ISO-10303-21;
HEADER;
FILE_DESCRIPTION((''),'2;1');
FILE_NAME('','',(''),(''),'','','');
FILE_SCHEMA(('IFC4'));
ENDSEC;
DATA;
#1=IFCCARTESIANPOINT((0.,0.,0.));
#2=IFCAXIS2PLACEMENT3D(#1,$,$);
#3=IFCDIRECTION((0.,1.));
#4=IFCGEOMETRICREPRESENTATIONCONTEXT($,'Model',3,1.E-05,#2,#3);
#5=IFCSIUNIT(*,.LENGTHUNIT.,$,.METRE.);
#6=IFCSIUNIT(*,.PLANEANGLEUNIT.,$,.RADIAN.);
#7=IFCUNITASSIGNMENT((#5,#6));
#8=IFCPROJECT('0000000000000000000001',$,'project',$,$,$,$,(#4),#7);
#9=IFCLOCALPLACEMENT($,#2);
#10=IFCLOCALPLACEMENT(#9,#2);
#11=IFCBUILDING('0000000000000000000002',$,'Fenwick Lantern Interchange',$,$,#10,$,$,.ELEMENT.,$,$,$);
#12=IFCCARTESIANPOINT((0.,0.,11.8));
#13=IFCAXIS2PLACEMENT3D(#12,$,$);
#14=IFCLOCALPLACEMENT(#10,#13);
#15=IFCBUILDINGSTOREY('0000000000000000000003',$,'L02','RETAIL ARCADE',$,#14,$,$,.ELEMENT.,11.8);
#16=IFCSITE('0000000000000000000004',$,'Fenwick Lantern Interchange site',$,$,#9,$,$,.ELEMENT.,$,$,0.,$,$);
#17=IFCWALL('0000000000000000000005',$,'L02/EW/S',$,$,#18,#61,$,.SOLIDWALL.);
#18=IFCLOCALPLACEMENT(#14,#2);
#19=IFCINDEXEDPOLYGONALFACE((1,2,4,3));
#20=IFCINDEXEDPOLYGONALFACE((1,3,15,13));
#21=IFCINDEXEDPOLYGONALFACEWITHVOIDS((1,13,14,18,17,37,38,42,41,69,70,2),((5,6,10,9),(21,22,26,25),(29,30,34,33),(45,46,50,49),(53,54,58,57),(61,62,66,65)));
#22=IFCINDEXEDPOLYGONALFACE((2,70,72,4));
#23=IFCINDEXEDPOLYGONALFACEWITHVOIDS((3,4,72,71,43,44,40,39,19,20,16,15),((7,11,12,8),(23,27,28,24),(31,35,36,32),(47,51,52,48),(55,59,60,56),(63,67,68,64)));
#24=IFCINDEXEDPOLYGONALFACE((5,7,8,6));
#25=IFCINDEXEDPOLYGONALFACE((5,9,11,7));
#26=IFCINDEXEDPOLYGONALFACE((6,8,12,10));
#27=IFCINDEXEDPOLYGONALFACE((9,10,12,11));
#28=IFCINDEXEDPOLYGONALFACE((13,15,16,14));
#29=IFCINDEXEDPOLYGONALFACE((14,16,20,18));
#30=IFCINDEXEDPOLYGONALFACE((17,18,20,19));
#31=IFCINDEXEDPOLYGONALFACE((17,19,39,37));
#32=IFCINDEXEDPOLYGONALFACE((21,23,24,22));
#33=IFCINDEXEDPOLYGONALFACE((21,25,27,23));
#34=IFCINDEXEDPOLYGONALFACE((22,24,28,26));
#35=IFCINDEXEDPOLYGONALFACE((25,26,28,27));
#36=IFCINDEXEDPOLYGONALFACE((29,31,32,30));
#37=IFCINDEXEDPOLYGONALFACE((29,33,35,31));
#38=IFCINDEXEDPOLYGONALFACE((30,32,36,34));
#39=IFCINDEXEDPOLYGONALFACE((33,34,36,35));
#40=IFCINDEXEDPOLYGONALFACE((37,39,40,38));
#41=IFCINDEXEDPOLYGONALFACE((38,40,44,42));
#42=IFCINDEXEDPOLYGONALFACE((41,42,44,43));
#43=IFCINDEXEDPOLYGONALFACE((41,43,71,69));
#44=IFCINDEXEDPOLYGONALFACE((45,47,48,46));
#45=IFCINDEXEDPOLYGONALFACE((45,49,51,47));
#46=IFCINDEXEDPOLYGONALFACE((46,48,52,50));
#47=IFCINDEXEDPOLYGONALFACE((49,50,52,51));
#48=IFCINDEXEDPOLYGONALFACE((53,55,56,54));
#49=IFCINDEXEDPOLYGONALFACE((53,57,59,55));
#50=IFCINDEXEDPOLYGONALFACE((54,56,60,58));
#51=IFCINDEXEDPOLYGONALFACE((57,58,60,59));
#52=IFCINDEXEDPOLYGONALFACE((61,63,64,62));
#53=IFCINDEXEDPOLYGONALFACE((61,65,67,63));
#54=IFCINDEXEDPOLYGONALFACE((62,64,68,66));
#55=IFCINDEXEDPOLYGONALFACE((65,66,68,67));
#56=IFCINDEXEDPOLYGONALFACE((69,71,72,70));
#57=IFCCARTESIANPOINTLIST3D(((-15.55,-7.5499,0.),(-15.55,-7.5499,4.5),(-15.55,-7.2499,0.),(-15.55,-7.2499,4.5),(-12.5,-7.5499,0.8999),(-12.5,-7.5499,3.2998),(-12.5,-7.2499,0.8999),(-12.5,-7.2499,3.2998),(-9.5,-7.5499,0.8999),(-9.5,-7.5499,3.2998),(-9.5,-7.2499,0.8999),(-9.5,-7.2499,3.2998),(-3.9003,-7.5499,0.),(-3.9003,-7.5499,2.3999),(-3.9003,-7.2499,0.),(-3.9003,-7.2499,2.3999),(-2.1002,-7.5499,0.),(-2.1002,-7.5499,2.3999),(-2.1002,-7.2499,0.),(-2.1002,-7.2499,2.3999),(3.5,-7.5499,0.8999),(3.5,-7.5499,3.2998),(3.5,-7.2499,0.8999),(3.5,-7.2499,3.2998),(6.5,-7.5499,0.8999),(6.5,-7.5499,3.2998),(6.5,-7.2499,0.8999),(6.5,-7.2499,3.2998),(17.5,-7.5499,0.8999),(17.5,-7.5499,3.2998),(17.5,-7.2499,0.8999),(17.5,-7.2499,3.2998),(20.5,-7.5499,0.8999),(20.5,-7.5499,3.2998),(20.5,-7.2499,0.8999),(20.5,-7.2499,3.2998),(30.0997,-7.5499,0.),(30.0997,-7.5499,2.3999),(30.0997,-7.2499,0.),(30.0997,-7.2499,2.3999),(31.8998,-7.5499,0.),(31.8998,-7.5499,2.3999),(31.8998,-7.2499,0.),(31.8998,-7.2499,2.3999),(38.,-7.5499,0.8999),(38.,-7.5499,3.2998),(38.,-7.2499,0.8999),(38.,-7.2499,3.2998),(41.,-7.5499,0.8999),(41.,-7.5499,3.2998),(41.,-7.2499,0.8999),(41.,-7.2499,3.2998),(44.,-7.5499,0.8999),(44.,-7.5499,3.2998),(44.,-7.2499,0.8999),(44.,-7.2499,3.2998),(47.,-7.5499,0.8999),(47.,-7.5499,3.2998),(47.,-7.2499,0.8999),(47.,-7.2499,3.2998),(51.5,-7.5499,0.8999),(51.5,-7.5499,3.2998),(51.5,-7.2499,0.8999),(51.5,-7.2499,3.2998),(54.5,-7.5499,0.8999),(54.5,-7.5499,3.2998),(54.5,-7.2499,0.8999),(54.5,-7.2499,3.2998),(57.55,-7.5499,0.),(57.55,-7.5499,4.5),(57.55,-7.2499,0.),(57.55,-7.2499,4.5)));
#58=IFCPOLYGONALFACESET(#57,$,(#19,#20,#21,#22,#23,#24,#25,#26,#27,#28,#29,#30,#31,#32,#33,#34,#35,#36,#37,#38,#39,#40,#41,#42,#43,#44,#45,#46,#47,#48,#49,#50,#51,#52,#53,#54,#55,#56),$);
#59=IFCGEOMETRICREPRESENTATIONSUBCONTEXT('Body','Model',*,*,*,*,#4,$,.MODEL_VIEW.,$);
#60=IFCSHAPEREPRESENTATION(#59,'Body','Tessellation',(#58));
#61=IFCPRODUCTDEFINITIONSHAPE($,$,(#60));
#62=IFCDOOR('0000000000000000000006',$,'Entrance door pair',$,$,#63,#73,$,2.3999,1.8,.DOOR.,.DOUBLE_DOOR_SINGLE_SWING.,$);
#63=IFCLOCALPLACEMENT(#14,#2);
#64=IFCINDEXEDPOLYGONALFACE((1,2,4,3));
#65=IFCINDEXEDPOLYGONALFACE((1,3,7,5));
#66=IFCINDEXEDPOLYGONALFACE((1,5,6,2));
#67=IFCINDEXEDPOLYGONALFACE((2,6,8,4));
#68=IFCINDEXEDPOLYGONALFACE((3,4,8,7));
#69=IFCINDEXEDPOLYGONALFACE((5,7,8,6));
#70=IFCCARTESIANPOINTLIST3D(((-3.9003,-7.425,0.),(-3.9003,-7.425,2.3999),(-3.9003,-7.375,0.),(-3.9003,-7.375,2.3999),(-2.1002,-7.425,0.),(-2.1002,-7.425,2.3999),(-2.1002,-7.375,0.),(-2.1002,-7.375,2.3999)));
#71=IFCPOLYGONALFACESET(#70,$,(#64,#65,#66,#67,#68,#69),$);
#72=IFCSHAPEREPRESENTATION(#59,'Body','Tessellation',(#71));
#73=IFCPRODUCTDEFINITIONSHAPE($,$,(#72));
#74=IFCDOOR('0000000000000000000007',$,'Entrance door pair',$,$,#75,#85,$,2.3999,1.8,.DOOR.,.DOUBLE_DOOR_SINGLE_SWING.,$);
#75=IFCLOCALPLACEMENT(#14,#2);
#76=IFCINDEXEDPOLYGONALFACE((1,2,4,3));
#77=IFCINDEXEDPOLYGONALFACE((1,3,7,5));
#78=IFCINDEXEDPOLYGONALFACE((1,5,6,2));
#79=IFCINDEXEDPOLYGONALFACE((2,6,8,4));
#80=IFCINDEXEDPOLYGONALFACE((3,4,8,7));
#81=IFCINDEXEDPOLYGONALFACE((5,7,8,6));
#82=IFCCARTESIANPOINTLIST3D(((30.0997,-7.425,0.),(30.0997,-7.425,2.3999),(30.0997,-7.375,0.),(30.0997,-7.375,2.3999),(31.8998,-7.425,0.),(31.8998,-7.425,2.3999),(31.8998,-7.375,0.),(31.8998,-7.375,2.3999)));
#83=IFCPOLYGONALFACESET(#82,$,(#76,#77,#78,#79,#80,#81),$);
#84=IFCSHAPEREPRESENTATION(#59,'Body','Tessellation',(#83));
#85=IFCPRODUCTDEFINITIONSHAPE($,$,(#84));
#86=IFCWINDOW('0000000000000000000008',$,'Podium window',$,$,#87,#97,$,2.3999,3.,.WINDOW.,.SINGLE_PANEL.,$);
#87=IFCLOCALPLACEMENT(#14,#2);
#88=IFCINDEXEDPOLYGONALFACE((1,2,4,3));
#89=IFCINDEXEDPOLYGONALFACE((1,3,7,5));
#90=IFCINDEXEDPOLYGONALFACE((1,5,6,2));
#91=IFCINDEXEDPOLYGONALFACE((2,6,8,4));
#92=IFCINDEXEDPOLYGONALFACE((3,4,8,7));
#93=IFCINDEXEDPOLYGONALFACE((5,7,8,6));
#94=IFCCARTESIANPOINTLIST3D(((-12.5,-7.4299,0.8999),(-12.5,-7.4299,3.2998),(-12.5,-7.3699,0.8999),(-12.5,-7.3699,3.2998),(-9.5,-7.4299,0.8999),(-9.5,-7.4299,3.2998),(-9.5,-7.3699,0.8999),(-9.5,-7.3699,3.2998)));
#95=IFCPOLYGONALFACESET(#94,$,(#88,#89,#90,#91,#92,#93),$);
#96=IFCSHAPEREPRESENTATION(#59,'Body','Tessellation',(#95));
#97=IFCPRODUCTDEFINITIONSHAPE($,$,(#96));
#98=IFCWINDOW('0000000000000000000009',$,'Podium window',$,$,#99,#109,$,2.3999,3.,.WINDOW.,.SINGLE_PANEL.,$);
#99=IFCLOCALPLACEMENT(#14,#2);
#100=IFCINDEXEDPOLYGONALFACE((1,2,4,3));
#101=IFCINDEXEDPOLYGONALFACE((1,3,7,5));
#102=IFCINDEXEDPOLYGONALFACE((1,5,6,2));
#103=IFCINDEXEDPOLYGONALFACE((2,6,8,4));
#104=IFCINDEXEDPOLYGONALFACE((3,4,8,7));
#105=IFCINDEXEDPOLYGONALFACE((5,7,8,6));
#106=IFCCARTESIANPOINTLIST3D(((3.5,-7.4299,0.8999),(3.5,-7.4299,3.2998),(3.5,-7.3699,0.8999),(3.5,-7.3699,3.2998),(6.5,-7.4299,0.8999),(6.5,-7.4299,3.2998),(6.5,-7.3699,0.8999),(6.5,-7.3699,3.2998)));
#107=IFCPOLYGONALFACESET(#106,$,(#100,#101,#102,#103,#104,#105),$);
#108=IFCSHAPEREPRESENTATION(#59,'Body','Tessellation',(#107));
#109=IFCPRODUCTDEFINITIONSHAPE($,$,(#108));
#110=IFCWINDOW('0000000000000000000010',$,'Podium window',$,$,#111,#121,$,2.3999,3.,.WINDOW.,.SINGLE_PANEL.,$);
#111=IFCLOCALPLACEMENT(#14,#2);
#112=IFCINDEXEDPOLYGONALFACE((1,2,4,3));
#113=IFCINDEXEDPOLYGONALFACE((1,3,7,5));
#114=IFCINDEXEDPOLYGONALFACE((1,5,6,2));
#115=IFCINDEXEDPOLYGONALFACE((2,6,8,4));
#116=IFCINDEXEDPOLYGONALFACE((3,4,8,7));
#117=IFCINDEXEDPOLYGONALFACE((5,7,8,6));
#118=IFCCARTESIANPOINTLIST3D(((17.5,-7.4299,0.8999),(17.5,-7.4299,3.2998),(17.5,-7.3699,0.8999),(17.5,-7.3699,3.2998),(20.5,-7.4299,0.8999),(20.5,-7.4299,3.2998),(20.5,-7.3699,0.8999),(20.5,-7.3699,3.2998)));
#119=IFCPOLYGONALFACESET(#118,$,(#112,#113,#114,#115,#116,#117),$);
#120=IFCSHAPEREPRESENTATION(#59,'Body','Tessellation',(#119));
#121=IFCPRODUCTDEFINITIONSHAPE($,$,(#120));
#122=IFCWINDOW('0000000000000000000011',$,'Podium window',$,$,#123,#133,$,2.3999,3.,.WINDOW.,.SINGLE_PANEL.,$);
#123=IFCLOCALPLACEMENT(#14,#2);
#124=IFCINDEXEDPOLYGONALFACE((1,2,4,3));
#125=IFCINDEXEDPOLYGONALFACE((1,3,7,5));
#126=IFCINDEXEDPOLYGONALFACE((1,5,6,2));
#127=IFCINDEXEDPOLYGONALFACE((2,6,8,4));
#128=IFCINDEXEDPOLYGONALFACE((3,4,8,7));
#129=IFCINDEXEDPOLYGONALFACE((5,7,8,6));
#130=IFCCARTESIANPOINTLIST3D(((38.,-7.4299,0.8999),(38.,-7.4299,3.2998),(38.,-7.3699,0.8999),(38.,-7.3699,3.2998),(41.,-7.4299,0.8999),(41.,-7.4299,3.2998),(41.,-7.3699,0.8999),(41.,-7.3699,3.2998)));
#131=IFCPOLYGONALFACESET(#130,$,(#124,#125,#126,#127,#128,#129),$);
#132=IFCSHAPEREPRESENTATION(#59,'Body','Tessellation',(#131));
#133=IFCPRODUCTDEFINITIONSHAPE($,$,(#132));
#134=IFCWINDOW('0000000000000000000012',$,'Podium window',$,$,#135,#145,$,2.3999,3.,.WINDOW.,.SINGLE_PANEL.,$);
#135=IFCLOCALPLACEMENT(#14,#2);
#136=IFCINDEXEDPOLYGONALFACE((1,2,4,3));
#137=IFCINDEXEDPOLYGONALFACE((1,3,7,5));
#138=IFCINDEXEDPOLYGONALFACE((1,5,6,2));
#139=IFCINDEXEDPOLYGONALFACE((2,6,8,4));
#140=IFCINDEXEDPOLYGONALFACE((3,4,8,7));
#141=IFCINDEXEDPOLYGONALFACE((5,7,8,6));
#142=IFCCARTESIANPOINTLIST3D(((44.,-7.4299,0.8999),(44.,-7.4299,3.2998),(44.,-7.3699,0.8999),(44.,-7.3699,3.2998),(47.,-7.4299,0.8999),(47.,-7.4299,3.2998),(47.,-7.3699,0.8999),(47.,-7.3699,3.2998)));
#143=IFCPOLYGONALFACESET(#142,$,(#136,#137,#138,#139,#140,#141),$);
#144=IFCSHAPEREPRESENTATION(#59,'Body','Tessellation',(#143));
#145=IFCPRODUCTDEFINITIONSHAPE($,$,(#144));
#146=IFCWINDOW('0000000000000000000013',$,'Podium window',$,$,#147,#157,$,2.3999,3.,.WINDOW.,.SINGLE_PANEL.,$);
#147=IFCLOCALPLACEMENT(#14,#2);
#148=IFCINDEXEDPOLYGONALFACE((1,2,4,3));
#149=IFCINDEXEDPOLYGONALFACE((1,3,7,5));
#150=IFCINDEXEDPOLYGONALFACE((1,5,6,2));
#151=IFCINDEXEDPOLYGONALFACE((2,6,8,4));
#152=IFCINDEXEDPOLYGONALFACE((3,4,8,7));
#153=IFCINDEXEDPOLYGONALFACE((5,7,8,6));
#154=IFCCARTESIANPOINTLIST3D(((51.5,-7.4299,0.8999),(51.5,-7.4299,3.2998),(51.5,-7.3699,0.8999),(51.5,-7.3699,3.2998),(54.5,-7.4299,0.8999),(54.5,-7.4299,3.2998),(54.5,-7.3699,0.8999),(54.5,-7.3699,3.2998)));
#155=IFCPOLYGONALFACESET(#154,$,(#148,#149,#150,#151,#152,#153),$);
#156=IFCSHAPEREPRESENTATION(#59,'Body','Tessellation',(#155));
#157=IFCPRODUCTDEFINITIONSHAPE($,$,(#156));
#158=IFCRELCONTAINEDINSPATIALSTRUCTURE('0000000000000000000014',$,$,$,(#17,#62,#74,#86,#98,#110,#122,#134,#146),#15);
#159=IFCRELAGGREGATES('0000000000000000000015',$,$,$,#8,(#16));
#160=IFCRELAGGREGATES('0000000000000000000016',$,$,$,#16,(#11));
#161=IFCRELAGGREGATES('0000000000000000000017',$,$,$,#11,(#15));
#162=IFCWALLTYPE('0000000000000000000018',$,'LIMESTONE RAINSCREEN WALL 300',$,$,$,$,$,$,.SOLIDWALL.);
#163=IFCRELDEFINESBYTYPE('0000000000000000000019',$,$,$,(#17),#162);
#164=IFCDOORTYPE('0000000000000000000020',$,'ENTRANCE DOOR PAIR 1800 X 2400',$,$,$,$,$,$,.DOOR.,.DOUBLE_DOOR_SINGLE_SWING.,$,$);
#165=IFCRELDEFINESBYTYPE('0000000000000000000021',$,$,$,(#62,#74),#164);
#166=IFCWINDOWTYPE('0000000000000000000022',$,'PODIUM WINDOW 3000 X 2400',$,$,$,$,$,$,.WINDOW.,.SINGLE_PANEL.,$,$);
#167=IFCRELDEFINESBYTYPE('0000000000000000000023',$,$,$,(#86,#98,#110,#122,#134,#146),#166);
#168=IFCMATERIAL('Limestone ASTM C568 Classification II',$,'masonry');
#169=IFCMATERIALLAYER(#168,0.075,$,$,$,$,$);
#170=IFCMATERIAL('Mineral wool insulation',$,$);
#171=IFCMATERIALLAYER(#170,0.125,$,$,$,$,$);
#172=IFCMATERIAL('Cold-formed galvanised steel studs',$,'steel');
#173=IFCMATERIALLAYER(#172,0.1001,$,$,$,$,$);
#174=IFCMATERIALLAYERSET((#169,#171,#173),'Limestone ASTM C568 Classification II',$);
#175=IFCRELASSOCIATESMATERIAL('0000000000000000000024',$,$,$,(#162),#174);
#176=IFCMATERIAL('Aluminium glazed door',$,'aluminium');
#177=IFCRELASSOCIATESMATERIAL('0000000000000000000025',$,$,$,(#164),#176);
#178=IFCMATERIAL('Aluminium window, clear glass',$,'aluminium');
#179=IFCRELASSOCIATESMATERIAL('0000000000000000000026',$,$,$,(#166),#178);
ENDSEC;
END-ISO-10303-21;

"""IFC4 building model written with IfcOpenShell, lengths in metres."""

from ifc_helpers import new_model, si_unit, direction, frame, frame_2d, origin, place, context, subcontext, project, spatial, rectangle, extrude, material, layer, layer_set, type_object, element, fill, save


model = new_model("IFC4")

# Units and contexts
model_context = context("Model", 3, precision=1e-05, world=origin(), true_north=direction((0.0, 1.0)))
body_context = subcontext(model_context, "Body", "Model", "MODEL_VIEW")
ifc_project = project(units=[si_unit("LENGTHUNIT", "METRE"), si_unit("PLANEANGLEUNIT", "RADIAN")], contexts=[model_context])

# Site, building, storey
site_placement = place(None, origin())
site = spatial("IfcSite", under=ifc_project, at=site_placement, Name="Fenwick Lantern Interchange site", CompositionType="ELEMENT", RefElevation=0.0)
building_placement = place(site_placement, origin())
building = spatial("IfcBuilding", under=site, at=building_placement, Name="Fenwick Lantern Interchange", CompositionType="ELEMENT")
storey_placement = place(building_placement, frame((0.0, 0.0, 11.8)))
storey = spatial("IfcBuildingStorey", under=building, at=storey_placement, Name="L02", Description="RETAIL ARCADE", CompositionType="ELEMENT", Elevation=11.8)

# Wall, openings, doors, windows
ifc_material_1 = material(Name="Limestone ASTM C568 Classification II", Category="masonry")
ifc_layer_1 = layer(ifc_material_1, 0.075)
ifc_material_2 = material(Name="Mineral wool insulation")
ifc_layer_2 = layer(ifc_material_2, 0.125)
ifc_material_3 = material(Name="Cold-formed galvanised steel studs", Category="steel")
ifc_layer_3 = layer(ifc_material_3, 0.1001)
ifc_layer_set_1 = layer_set([ifc_layer_1, ifc_layer_2, ifc_layer_3], Name="Limestone ASTM C568 Classification II")
wall_type_1 = type_object("IfcWallType", Name="LIMESTONE RAINSCREEN WALL 300", PredefinedType="SOLIDWALL", material=ifc_layer_set_1)
wall_1_placement = place(storey_placement, frame((-15.55, -7.3999, 0.0), z_axis=(0.0, 0.0, 1.0), x_axis=(1.0, 0.0, 0.0)))
wall_1 = element("IfcWall", 1, at=wall_1_placement, inside=storey, type_object=wall_type_1, Name="L02/EW/S", PredefinedType="SOLIDWALL", context=body_context, shape_type="SweptSolid", body=[
    extrude(rectangle(XDim=73.1001, YDim=0.3, at=frame_2d((36.55, 0.0))), origin(), (0.0, 0.0, 1.0), 4.5),
])
opening_1_placement = place(wall_1_placement, frame((11.6499, 0.0, 0.0)))
opening_1 = element("IfcOpeningElement", 2, at=opening_1_placement, cuts=wall_1, PredefinedType="OPENING", context=body_context, shape_type="SweptSolid", body=[
    extrude(rectangle(XDim=1.8, YDim=2.3999, at=frame_2d((0.8999, 1.2))), frame((0.0, 0.1599, 0.0), z_axis=(0.0, -1.0, 0.0), x_axis=(1.0, 0.0, 0.0)), (0.0, 0.0, 1.0), 0.3201),
])
opening_2_placement = place(wall_1_placement, frame((45.6499, 0.0, 0.0)))
opening_2 = element("IfcOpeningElement", 3, at=opening_2_placement, cuts=wall_1, PredefinedType="OPENING", context=body_context, shape_type="SweptSolid", body=[
    extrude(rectangle(XDim=1.8, YDim=2.3999, at=frame_2d((0.8999, 1.2))), frame((0.0, 0.1599, 0.0), z_axis=(0.0, -1.0, 0.0), x_axis=(1.0, 0.0, 0.0)), (0.0, 0.0, 1.0), 0.3201),
])
opening_3_placement = place(wall_1_placement, frame((3.05, 0.0, 0.8999)))
opening_3 = element("IfcOpeningElement", 4, at=opening_3_placement, cuts=wall_1, PredefinedType="OPENING", context=body_context, shape_type="SweptSolid", body=[
    extrude(rectangle(XDim=3.0, YDim=2.3999, at=frame_2d((1.5, 1.2))), frame((0.0, 0.1599, 0.0), z_axis=(0.0, -1.0, 0.0), x_axis=(1.0, 0.0, 0.0)), (0.0, 0.0, 1.0), 0.3201),
])
opening_4_placement = place(wall_1_placement, frame((19.05, 0.0, 0.8999)))
opening_4 = element("IfcOpeningElement", 5, at=opening_4_placement, cuts=wall_1, PredefinedType="OPENING", context=body_context, shape_type="SweptSolid", body=[
    extrude(rectangle(XDim=3.0, YDim=2.3999, at=frame_2d((1.5, 1.2))), frame((0.0, 0.1599, 0.0), z_axis=(0.0, -1.0, 0.0), x_axis=(1.0, 0.0, 0.0)), (0.0, 0.0, 1.0), 0.3201),
])
opening_5_placement = place(wall_1_placement, frame((33.05, 0.0, 0.8999)))
opening_5 = element("IfcOpeningElement", 6, at=opening_5_placement, cuts=wall_1, PredefinedType="OPENING", context=body_context, shape_type="SweptSolid", body=[
    extrude(rectangle(XDim=3.0, YDim=2.3999, at=frame_2d((1.5, 1.2))), frame((0.0, 0.1599, 0.0), z_axis=(0.0, -1.0, 0.0), x_axis=(1.0, 0.0, 0.0)), (0.0, 0.0, 1.0), 0.3201),
])
opening_6_placement = place(wall_1_placement, frame((53.55, 0.0, 0.8999)))
opening_6 = element("IfcOpeningElement", 7, at=opening_6_placement, cuts=wall_1, PredefinedType="OPENING", context=body_context, shape_type="SweptSolid", body=[
    extrude(rectangle(XDim=3.0, YDim=2.3999, at=frame_2d((1.5, 1.2))), frame((0.0, 0.1599, 0.0), z_axis=(0.0, -1.0, 0.0), x_axis=(1.0, 0.0, 0.0)), (0.0, 0.0, 1.0), 0.3201),
])
opening_7_placement = place(wall_1_placement, frame((59.55, 0.0, 0.8999)))
opening_7 = element("IfcOpeningElement", 8, at=opening_7_placement, cuts=wall_1, PredefinedType="OPENING", context=body_context, shape_type="SweptSolid", body=[
    extrude(rectangle(XDim=3.0, YDim=2.3999, at=frame_2d((1.5, 1.2))), frame((0.0, 0.1599, 0.0), z_axis=(0.0, -1.0, 0.0), x_axis=(1.0, 0.0, 0.0)), (0.0, 0.0, 1.0), 0.3201),
])
opening_8_placement = place(wall_1_placement, frame((67.05, 0.0, 0.8999)))
opening_8 = element("IfcOpeningElement", 9, at=opening_8_placement, cuts=wall_1, PredefinedType="OPENING", context=body_context, shape_type="SweptSolid", body=[
    extrude(rectangle(XDim=3.0, YDim=2.3999, at=frame_2d((1.5, 1.2))), frame((0.0, 0.1599, 0.0), z_axis=(0.0, -1.0, 0.0), x_axis=(1.0, 0.0, 0.0)), (0.0, 0.0, 1.0), 0.3201),
])
ifc_material_4 = material(Name="Aluminium glazed door", Category="aluminium")
door_type = type_object("IfcDoorType", Name="ENTRANCE DOOR PAIR 1800 X 2400", OperationType="DOUBLE_DOOR_SINGLE_SWING", PredefinedType="DOOR", material=ifc_material_4)
door_1_placement = place(opening_1_placement, origin())
door_1 = element("IfcDoor", 10, at=door_1_placement, inside=storey, type_object=door_type, Name="Entrance door pair", OperationType="DOUBLE_DOOR_SINGLE_SWING", OverallHeight=2.3999, OverallWidth=1.8, PredefinedType="DOOR", context=body_context, shape_type="SweptSolid", body=[
    extrude(rectangle(XDim=1.8, YDim=2.3999, at=frame_2d((0.8999, 1.2))), frame((0.0, 0.0249, 0.0), z_axis=(0.0, -1.0, 0.0), x_axis=(1.0, 0.0, 0.0)), (0.0, 0.0, 1.0), 0.05),
])
fill(opening_1, door_1)
door_2_placement = place(opening_2_placement, origin())
door_2 = element("IfcDoor", 11, at=door_2_placement, inside=storey, type_object=door_type, Name="Entrance door pair", OperationType="DOUBLE_DOOR_SINGLE_SWING", OverallHeight=2.3999, OverallWidth=1.8, PredefinedType="DOOR", context=body_context, shape_type="SweptSolid", body=[
    extrude(rectangle(XDim=1.8, YDim=2.3999, at=frame_2d((0.8999, 1.2))), frame((0.0, 0.0249, 0.0), z_axis=(0.0, -1.0, 0.0), x_axis=(1.0, 0.0, 0.0)), (0.0, 0.0, 1.0), 0.05),
])
fill(opening_2, door_2)
ifc_material_5 = material(Name="Aluminium window, clear glass", Category="aluminium")
window_type = type_object("IfcWindowType", Name="PODIUM WINDOW 3000 X 2400", PartitioningType="SINGLE_PANEL", PredefinedType="WINDOW", material=ifc_material_5)
window_1_placement = place(opening_3_placement, origin())
window_1 = element("IfcWindow", 12, at=window_1_placement, inside=storey, type_object=window_type, Name="Podium window", OverallHeight=2.3999, OverallWidth=3.0, PartitioningType="SINGLE_PANEL", PredefinedType="WINDOW", context=body_context, shape_type="SweptSolid", body=[
    extrude(rectangle(XDim=3.0, YDim=2.3999, at=frame_2d((1.5, 1.2))), frame((0.0, 0.03, 0.0), z_axis=(0.0, -1.0, 0.0), x_axis=(1.0, 0.0, 0.0)), (0.0, 0.0, 1.0), 0.0601),
])
fill(opening_3, window_1)
window_2_placement = place(opening_4_placement, origin())
window_2 = element("IfcWindow", 13, at=window_2_placement, inside=storey, type_object=window_type, Name="Podium window", OverallHeight=2.3999, OverallWidth=3.0, PartitioningType="SINGLE_PANEL", PredefinedType="WINDOW", context=body_context, shape_type="SweptSolid", body=[
    extrude(rectangle(XDim=3.0, YDim=2.3999, at=frame_2d((1.5, 1.2))), frame((0.0, 0.03, 0.0), z_axis=(0.0, -1.0, 0.0), x_axis=(1.0, 0.0, 0.0)), (0.0, 0.0, 1.0), 0.0601),
])
fill(opening_4, window_2)
window_3_placement = place(opening_5_placement, origin())
window_3 = element("IfcWindow", 14, at=window_3_placement, inside=storey, type_object=window_type, Name="Podium window", OverallHeight=2.3999, OverallWidth=3.0, PartitioningType="SINGLE_PANEL", PredefinedType="WINDOW", context=body_context, shape_type="SweptSolid", body=[
    extrude(rectangle(XDim=3.0, YDim=2.3999, at=frame_2d((1.5, 1.2))), frame((0.0, 0.03, 0.0), z_axis=(0.0, -1.0, 0.0), x_axis=(1.0, 0.0, 0.0)), (0.0, 0.0, 1.0), 0.0601),
])
fill(opening_5, window_3)
window_4_placement = place(opening_6_placement, origin())
window_4 = element("IfcWindow", 15, at=window_4_placement, inside=storey, type_object=window_type, Name="Podium window", OverallHeight=2.3999, OverallWidth=3.0, PartitioningType="SINGLE_PANEL", PredefinedType="WINDOW", context=body_context, shape_type="SweptSolid", body=[
    extrude(rectangle(XDim=3.0, YDim=2.3999, at=frame_2d((1.5, 1.2))), frame((0.0, 0.03, 0.0), z_axis=(0.0, -1.0, 0.0), x_axis=(1.0, 0.0, 0.0)), (0.0, 0.0, 1.0), 0.0601),
])
fill(opening_6, window_4)
window_5_placement = place(opening_7_placement, origin())
window_5 = element("IfcWindow", 16, at=window_5_placement, inside=storey, type_object=window_type, Name="Podium window", OverallHeight=2.3999, OverallWidth=3.0, PartitioningType="SINGLE_PANEL", PredefinedType="WINDOW", context=body_context, shape_type="SweptSolid", body=[
    extrude(rectangle(XDim=3.0, YDim=2.3999, at=frame_2d((1.5, 1.2))), frame((0.0, 0.03, 0.0), z_axis=(0.0, -1.0, 0.0), x_axis=(1.0, 0.0, 0.0)), (0.0, 0.0, 1.0), 0.0601),
])
fill(opening_7, window_5)
window_6_placement = place(opening_8_placement, origin())
window_6 = element("IfcWindow", 17, at=window_6_placement, inside=storey, type_object=window_type, Name="Podium window", OverallHeight=2.3999, OverallWidth=3.0, PartitioningType="SINGLE_PANEL", PredefinedType="WINDOW", context=body_context, shape_type="SweptSolid", body=[
    extrude(rectangle(XDim=3.0, YDim=2.3999, at=frame_2d((1.5, 1.2))), frame((0.0, 0.03, 0.0), z_axis=(0.0, -1.0, 0.0), x_axis=(1.0, 0.0, 0.0)), (0.0, 0.0, 1.0), 0.0601),
])
fill(opening_8, window_6)

save(model, "model.ifc")
